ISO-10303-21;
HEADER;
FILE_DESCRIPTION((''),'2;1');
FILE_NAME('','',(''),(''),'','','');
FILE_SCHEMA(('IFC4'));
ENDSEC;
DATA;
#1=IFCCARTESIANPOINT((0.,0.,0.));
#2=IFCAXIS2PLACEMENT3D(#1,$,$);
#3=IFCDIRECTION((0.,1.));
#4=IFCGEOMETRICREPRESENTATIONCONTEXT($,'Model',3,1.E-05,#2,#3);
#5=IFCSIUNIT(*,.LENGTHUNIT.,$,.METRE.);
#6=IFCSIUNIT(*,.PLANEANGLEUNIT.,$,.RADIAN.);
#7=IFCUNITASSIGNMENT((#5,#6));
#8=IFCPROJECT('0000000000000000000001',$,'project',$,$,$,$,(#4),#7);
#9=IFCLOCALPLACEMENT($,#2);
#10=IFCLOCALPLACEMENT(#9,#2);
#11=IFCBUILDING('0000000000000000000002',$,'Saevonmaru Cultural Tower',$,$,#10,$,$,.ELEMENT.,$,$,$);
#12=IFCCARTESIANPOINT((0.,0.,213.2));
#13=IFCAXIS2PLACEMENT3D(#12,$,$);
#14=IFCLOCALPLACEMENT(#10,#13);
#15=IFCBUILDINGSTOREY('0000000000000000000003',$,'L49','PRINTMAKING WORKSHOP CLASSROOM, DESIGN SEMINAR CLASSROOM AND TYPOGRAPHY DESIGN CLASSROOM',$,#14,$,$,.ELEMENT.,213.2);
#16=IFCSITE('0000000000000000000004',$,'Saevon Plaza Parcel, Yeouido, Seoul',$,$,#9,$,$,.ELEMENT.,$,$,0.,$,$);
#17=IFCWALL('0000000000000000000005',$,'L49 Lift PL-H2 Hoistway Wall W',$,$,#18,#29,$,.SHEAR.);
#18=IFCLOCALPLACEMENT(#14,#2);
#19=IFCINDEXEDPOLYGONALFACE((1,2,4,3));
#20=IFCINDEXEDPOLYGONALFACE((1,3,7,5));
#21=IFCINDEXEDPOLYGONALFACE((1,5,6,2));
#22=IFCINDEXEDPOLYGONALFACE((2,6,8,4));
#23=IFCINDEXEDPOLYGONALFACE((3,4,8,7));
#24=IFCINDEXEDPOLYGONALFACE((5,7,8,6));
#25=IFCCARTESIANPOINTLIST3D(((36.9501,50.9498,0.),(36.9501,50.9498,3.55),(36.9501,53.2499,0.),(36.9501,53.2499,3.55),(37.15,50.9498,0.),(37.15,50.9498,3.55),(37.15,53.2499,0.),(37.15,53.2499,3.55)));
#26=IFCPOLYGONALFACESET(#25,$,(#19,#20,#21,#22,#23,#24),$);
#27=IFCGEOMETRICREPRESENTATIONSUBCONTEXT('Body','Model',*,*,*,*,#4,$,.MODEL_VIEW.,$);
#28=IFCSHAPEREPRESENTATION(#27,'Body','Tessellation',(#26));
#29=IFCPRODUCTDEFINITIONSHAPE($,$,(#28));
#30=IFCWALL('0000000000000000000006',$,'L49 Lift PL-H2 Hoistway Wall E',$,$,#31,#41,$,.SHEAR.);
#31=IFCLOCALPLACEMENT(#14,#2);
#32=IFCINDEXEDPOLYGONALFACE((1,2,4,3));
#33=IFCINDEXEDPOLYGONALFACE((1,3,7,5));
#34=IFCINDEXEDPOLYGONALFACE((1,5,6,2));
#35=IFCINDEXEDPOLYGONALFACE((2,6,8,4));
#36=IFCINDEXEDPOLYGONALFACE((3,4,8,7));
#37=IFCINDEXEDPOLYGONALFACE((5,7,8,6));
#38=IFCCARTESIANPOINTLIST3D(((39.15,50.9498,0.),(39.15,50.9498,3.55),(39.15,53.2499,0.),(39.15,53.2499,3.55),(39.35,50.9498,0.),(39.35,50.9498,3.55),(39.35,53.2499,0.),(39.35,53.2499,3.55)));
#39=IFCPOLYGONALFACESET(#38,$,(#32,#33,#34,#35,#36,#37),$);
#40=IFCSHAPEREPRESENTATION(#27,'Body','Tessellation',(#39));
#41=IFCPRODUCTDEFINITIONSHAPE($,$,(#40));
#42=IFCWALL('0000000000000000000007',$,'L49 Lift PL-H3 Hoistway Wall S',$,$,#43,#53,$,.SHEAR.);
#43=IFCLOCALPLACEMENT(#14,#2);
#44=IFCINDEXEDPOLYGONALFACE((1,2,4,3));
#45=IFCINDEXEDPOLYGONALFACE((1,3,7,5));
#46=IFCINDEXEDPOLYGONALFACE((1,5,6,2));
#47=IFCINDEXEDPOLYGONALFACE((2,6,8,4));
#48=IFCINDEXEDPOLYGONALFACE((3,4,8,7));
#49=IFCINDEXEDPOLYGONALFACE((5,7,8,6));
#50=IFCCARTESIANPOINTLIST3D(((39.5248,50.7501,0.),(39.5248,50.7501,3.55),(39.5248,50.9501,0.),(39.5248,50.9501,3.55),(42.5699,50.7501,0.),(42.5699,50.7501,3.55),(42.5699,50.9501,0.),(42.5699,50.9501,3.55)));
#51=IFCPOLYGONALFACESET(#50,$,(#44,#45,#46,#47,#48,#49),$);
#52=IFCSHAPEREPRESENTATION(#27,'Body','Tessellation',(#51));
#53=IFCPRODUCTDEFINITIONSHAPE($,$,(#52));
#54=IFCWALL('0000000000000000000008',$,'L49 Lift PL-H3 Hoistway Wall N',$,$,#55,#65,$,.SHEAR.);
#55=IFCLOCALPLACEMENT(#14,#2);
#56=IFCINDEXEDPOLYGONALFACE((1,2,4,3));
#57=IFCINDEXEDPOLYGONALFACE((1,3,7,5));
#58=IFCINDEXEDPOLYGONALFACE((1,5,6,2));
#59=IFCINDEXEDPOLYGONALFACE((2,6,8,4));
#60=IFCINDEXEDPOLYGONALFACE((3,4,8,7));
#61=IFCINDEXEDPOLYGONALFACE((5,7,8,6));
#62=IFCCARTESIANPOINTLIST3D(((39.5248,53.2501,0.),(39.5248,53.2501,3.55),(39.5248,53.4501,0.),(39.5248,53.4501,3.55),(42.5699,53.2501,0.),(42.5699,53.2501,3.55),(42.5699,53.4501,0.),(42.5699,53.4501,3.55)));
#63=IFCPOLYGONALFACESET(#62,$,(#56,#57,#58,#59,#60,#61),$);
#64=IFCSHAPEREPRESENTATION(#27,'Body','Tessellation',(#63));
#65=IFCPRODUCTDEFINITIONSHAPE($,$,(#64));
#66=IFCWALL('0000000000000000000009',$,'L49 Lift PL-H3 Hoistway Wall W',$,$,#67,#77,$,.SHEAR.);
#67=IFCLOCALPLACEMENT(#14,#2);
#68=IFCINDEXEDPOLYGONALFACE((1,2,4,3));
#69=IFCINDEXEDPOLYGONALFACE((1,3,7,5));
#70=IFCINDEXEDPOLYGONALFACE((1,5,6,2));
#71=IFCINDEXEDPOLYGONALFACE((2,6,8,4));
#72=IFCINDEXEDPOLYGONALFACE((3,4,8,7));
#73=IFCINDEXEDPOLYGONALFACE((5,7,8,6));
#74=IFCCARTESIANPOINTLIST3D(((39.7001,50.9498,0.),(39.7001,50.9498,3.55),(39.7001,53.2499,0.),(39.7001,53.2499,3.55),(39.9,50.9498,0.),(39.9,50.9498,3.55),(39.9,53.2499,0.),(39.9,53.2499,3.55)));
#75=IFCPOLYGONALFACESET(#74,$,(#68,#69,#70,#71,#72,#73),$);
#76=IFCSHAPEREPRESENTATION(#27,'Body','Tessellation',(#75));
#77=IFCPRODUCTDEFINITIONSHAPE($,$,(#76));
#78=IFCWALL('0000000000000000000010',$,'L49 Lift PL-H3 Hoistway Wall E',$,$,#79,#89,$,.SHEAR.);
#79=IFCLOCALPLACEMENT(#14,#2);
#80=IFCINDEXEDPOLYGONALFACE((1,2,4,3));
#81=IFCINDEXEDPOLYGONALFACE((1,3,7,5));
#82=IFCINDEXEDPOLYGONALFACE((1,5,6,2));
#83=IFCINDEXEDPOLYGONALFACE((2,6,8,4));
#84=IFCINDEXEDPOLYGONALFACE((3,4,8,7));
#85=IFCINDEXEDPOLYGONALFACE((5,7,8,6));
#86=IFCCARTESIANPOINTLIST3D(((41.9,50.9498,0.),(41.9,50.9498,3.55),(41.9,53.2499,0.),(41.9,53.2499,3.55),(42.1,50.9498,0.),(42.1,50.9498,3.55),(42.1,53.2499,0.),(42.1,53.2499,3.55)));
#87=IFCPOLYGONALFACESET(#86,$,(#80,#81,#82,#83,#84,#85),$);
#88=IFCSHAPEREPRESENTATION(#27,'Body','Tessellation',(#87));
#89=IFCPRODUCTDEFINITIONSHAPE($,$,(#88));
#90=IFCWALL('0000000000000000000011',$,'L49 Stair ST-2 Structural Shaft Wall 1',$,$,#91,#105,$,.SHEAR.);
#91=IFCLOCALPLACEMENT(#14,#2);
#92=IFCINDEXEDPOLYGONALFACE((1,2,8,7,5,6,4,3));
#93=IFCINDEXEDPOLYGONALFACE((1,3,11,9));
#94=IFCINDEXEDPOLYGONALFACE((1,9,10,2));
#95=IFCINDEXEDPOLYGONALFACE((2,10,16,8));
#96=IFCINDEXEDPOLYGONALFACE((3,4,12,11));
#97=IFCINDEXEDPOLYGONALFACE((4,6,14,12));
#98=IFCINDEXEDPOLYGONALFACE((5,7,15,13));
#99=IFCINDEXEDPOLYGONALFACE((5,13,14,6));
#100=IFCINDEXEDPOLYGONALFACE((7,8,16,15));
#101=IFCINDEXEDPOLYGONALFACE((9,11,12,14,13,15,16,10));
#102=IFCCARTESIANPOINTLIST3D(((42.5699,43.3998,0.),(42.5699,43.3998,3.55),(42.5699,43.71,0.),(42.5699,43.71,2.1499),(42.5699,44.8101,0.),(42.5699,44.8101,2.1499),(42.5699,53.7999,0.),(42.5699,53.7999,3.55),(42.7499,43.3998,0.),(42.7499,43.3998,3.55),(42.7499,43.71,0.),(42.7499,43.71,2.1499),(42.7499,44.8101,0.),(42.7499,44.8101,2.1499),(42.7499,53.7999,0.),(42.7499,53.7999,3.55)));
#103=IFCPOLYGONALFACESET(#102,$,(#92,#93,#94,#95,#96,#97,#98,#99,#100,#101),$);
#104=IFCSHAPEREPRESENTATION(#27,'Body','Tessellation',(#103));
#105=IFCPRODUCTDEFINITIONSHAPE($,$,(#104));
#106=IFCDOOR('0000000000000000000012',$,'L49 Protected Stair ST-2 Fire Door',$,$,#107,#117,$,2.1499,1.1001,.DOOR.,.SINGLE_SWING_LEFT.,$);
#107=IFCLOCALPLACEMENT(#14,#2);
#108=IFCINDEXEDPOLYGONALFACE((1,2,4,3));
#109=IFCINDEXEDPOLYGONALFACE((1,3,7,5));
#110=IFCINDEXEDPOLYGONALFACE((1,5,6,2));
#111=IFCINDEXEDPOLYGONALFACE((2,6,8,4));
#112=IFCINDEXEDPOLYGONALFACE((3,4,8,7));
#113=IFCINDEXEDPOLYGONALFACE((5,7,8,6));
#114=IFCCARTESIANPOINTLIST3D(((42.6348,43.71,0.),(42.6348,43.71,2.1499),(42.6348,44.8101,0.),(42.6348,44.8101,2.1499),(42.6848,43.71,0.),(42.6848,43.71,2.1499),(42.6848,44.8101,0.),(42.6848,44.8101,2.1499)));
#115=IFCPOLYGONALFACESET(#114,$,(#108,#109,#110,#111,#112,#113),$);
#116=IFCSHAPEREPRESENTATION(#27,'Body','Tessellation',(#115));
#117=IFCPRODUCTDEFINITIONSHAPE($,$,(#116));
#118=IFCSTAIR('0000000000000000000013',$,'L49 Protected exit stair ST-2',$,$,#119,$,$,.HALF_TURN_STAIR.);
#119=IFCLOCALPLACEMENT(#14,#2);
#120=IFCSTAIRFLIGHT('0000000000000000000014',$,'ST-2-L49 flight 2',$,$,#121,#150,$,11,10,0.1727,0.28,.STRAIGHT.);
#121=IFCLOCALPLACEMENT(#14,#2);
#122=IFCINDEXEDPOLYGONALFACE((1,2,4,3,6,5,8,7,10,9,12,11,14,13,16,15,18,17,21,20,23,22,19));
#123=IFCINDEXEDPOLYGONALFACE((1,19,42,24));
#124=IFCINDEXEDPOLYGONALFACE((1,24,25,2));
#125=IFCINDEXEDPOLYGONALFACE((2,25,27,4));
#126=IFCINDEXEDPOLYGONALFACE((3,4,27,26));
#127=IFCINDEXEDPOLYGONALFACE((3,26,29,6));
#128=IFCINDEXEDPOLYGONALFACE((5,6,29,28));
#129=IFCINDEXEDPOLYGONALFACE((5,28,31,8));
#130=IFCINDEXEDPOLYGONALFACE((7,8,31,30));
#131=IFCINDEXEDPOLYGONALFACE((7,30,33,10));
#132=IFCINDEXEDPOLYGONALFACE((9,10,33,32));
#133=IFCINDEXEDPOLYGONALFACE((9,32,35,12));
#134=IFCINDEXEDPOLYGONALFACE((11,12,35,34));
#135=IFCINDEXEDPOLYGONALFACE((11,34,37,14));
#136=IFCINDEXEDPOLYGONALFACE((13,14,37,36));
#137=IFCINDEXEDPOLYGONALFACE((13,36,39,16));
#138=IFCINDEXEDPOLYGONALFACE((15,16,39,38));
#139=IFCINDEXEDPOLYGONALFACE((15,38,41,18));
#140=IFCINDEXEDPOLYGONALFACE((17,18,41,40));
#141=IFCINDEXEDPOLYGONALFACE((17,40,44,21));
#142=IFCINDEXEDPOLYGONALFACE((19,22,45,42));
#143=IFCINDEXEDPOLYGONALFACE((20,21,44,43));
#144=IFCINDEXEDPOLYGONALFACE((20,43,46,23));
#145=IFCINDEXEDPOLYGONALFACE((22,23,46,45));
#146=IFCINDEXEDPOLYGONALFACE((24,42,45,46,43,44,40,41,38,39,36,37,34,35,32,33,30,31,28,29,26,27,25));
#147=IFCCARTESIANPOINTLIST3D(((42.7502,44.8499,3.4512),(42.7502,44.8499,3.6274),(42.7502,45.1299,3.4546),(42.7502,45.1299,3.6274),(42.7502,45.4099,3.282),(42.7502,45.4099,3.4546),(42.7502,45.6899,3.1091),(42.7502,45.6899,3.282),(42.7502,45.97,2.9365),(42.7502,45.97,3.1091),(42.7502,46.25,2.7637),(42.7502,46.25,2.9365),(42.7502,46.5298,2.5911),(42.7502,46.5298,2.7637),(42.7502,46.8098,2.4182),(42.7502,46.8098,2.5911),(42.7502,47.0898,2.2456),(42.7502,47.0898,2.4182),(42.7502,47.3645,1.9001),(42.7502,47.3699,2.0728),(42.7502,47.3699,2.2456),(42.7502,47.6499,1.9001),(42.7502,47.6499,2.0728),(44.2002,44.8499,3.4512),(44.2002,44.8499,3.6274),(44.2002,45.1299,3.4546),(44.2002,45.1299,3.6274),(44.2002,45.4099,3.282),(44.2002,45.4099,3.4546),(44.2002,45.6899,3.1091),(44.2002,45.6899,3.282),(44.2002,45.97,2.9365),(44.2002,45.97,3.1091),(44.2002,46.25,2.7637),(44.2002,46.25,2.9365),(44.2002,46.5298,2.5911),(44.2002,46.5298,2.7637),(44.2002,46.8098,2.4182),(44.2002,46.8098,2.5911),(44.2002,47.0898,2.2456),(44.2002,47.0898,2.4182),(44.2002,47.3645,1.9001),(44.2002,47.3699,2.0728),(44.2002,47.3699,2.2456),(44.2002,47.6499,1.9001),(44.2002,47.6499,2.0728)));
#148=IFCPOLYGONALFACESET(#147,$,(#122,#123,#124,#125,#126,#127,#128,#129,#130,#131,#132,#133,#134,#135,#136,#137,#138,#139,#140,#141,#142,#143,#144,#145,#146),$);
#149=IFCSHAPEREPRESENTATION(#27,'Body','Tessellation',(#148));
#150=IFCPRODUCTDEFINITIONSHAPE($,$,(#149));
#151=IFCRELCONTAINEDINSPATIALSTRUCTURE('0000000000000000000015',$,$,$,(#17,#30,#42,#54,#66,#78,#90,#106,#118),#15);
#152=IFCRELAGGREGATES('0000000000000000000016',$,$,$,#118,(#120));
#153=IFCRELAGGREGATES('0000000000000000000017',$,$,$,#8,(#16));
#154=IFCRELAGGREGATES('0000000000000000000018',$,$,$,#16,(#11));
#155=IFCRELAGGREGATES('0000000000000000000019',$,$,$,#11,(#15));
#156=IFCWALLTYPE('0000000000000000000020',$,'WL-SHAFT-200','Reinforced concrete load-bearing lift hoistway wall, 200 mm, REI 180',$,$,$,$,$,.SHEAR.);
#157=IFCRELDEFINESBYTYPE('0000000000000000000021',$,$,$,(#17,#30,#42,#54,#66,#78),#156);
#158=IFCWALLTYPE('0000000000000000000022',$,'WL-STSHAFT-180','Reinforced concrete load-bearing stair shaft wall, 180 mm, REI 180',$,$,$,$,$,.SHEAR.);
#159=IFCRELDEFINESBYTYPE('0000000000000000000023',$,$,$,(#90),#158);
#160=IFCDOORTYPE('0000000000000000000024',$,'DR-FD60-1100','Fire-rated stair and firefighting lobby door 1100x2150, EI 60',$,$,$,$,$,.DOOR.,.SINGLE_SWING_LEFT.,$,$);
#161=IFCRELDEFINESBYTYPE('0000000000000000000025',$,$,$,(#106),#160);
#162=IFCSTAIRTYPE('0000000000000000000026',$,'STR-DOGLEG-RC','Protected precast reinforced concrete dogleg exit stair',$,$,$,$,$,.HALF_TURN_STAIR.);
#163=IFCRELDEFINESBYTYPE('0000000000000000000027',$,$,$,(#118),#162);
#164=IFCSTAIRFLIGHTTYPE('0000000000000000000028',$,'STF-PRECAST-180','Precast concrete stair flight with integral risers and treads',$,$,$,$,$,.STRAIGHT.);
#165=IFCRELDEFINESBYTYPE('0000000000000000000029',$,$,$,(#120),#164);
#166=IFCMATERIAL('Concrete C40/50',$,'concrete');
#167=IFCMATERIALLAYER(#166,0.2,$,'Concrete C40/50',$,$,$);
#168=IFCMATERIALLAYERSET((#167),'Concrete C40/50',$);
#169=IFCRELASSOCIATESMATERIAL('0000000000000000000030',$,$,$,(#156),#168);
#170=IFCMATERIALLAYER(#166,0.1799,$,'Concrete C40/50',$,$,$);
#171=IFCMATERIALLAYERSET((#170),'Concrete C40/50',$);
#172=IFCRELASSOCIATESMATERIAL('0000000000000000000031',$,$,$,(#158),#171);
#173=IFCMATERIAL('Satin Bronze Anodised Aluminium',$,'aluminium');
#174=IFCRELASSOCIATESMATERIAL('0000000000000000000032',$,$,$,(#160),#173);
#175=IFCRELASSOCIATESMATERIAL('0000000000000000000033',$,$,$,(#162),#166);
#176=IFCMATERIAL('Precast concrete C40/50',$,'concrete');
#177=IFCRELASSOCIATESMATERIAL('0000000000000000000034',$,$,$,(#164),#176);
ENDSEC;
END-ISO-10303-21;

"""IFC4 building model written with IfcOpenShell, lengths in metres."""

from ifc_helpers import new_model, si_unit, direction, frame, frame_2d, origin, place, context, subcontext, project, spatial, polyline, rectangle, outline, extrude, material, layer, layer_set, type_object, element, fill, aggregate, save


model = new_model("IFC4")

# Units and contexts
model_context = context("Model", 3, precision=1e-05, world=origin(), true_north=direction((0.0, 1.0)))
body_context = subcontext(model_context, "Body", "Model", "MODEL_VIEW")
ifc_project = project(units=[si_unit("LENGTHUNIT", "METRE"), si_unit("PLANEANGLEUNIT", "RADIAN")], contexts=[model_context])

# Site, building, storey
site_placement = place(None, origin())
site = spatial("IfcSite", under=ifc_project, at=site_placement, Name="Saevon Plaza Parcel, Yeouido, Seoul", CompositionType="ELEMENT", RefElevation=0.0)
building_placement = place(site_placement, origin())
building = spatial("IfcBuilding", under=site, at=building_placement, Name="Saevonmaru Cultural Tower", CompositionType="ELEMENT")
storey_placement = place(building_placement, frame((0.0, 0.0, 213.2)))
storey = spatial("IfcBuildingStorey", under=building, at=storey_placement, Name="L49", Description="PRINTMAKING WORKSHOP CLASSROOM, DESIGN SEMINAR CLASSROOM AND TYPOGRAPHY DESIGN CLASSROOM", CompositionType="ELEMENT", Elevation=213.2)

# Shared definitions
ifc_material_1 = material(Name="Satin Bronze Anodised Aluminium", Category="aluminium")

# Walls
ifc_material_2 = material(Name="Concrete C40/50", Category="concrete")
ifc_layer_1 = layer(ifc_material_2, 0.2, Name="Concrete C40/50")
ifc_layer_set_1 = layer_set([ifc_layer_1], Name="Concrete C40/50")
wall_type_1 = type_object("IfcWallType", Name="WL-SHAFT-200", Description="Reinforced concrete load-bearing lift hoistway wall, 200 mm, REI 180", PredefinedType="SHEAR", material=ifc_layer_set_1)
for number, where, z_axis, x_axis, name in (
    (1, (37.05, 50.95, 0.0), (0.0, 0.0, 1.0), (0.0, 1.0, 0.0), "L49 Lift PL-H2 Hoistway Wall W"),
    (2, (39.25, 50.95, 0.0), (0.0, 0.0, 1.0), (0.0, 1.0, 0.0), "L49 Lift PL-H2 Hoistway Wall E"),
):
    element("IfcWall", number, at=place(storey_placement, frame(where, z_axis=z_axis, x_axis=x_axis)), inside=storey, type_object=wall_type_1, Name=name, PredefinedType="SHEAR", context=body_context, shape_type="SweptSolid", body=[
        extrude(rectangle(XDim=2.3, YDim=0.2, at=frame_2d((1.1499, 0.0))), origin(), (0.0, 0.0, 1.0), 3.55),
    ])
for number, where, z_axis, x_axis, name in (
    (3, (39.5249, 50.8501, 0.0), (0.0, 0.0, 1.0), (1.0, 0.0, 0.0), "L49 Lift PL-H3 Hoistway Wall S"),
    (4, (39.5249, 53.3501, 0.0), (0.0, 0.0, 1.0), (1.0, 0.0, 0.0), "L49 Lift PL-H3 Hoistway Wall N"),
):
    element("IfcWall", number, at=place(storey_placement, frame(where, z_axis=z_axis, x_axis=x_axis)), inside=storey, type_object=wall_type_1, Name=name, PredefinedType="SHEAR", context=body_context, shape_type="SweptSolid", body=[
        extrude(rectangle(XDim=3.0452, YDim=0.2, at=frame_2d((1.5225, 0.0))), origin(), (0.0, 0.0, 1.0), 3.55),
    ])
for number, where, z_axis, x_axis, name in (
    (5, (39.8, 50.95, 0.0), (0.0, 0.0, 1.0), (0.0, 1.0, 0.0), "L49 Lift PL-H3 Hoistway Wall W"),
    (6, (42.0, 50.95, 0.0), (0.0, 0.0, 1.0), (0.0, 1.0, 0.0), "L49 Lift PL-H3 Hoistway Wall E"),
):
    element("IfcWall", number, at=place(storey_placement, frame(where, z_axis=z_axis, x_axis=x_axis)), inside=storey, type_object=wall_type_1, Name=name, PredefinedType="SHEAR", context=body_context, shape_type="SweptSolid", body=[
        extrude(rectangle(XDim=2.3, YDim=0.2, at=frame_2d((1.1499, 0.0))), origin(), (0.0, 0.0, 1.0), 3.55),
    ])

# Wall, opening, door
ifc_layer_2 = layer(ifc_material_2, 0.1799, Name="Concrete C40/50")
ifc_layer_set_2 = layer_set([ifc_layer_2], Name="Concrete C40/50")
wall_type_2 = type_object("IfcWallType", Name="WL-STSHAFT-180", Description="Reinforced concrete load-bearing stair shaft wall, 180 mm, REI 180", PredefinedType="SHEAR", material=ifc_layer_set_2)
wall_1_placement = place(storey_placement, frame((42.6599, 53.8, 0.0), z_axis=(0.0, 0.0, 1.0), x_axis=(0.0, -1.0, 0.0)))
wall_1 = element("IfcWall", 7, at=wall_1_placement, inside=storey, type_object=wall_type_2, Name="L49 Stair ST-2 Structural Shaft Wall 1", PredefinedType="SHEAR", context=body_context, shape_type="SweptSolid", body=[
    extrude(rectangle(XDim=10.4001, YDim=0.1799, at=frame_2d((5.2002, 0.0))), origin(), (0.0, 0.0, 1.0), 3.55),
])
opening_placement = place(wall_1_placement, frame((8.99, 0.0, 0.0)))
opening = element("IfcOpeningElement", 8, at=opening_placement, cuts=wall_1, PredefinedType="OPENING", context=body_context, shape_type="SweptSolid", body=[
    extrude(rectangle(XDim=1.1001, YDim=2.1499, at=frame_2d((0.55, 1.075))), frame((0.0, 0.1001, 0.0), z_axis=(0.0, -1.0, 0.0), x_axis=(1.0, 0.0, 0.0)), (0.0, 0.0, 1.0), 0.2),
])
door_type = type_object("IfcDoorType", Name="DR-FD60-1100", Description="Fire-rated stair and firefighting lobby door 1100x2150, EI 60", OperationType="SINGLE_SWING_LEFT", PredefinedType="DOOR", material=ifc_material_1)
door_placement = place(opening_placement, origin())
door = element("IfcDoor", 9, at=door_placement, inside=storey, type_object=door_type, Name="L49 Protected Stair ST-2 Fire Door", OperationType="SINGLE_SWING_LEFT", OverallHeight=2.1499, OverallWidth=1.1001, PredefinedType="DOOR", context=body_context, shape_type="SweptSolid", body=[
    extrude(rectangle(XDim=1.1001, YDim=2.1499, at=frame_2d((0.55, 1.075))), frame((0.0, 0.0249, 0.0), z_axis=(0.0, -1.0, 0.0), x_axis=(1.0, 0.0, 0.0)), (0.0, 0.0, 1.0), 0.05),
])
fill(opening, door)

# Stair, stair flight
stair_type = type_object("IfcStairType", Name="STR-DOGLEG-RC", Description="Protected precast reinforced concrete dogleg exit stair", PredefinedType="HALF_TURN_STAIR", material=ifc_material_2)
stair_placement = place(storey_placement, origin())
stair = element("IfcStair", 10, at=stair_placement, inside=storey, type_object=stair_type, Name="L49 Protected exit stair ST-2", PredefinedType="HALF_TURN_STAIR")
ifc_material_3 = material(Name="Precast concrete C40/50", Category="concrete")
stair_flight_type = type_object("IfcStairFlightType", Name="STF-PRECAST-180", Description="Precast concrete stair flight with integral risers and treads", PredefinedType="STRAIGHT", material=ifc_material_3)
stair_flight_placement = place(storey_placement, frame((43.4751, 47.6499, 1.9001), z_axis=(0.0, 0.0, 1.0), x_axis=(0.0, -1.0, 0.0)))
stair_flight = element("IfcStairFlight", 11, at=stair_flight_placement, type_object=stair_flight_type, Name="ST-2-L49 flight 2", NumberOfRisers=11, NumberOfTreads=10, PredefinedType="STRAIGHT", RiserHeight=0.1727, TreadLength=0.28, context=body_context, shape_type="SweptSolid", body=[
    extrude(outline(polyline([(0.0, 0.0), (0.0, 0.1726), (0.28, 0.1726), (0.28, 0.3455), (0.5601, 0.3455), (0.5601, 0.5181), (0.8401, 0.5181), (0.8401, 0.6909), (1.1201, 0.6909), (1.1201, 0.8635), (1.3999, 0.8635), (1.3999, 1.0364), (1.6799, 1.0364), (1.6799, 1.209), (1.96, 1.209), (1.96, 1.3818), (2.24, 1.3818), (2.24, 1.5544), (2.52, 1.5544), (2.52, 1.7273), (2.8, 1.7273), (2.8, 1.8999), (2.8, 1.551), (0.2854, 0.0), (0.0, 0.0)])), frame((0.0, 0.7251, 0.0), z_axis=(0.0, -1.0, 0.0), x_axis=(1.0, 0.0, 0.0)), (0.0, 0.0, 1.0), 1.45),
])
aggregate(stair, [stair_flight])

save(model, "model.ifc")
